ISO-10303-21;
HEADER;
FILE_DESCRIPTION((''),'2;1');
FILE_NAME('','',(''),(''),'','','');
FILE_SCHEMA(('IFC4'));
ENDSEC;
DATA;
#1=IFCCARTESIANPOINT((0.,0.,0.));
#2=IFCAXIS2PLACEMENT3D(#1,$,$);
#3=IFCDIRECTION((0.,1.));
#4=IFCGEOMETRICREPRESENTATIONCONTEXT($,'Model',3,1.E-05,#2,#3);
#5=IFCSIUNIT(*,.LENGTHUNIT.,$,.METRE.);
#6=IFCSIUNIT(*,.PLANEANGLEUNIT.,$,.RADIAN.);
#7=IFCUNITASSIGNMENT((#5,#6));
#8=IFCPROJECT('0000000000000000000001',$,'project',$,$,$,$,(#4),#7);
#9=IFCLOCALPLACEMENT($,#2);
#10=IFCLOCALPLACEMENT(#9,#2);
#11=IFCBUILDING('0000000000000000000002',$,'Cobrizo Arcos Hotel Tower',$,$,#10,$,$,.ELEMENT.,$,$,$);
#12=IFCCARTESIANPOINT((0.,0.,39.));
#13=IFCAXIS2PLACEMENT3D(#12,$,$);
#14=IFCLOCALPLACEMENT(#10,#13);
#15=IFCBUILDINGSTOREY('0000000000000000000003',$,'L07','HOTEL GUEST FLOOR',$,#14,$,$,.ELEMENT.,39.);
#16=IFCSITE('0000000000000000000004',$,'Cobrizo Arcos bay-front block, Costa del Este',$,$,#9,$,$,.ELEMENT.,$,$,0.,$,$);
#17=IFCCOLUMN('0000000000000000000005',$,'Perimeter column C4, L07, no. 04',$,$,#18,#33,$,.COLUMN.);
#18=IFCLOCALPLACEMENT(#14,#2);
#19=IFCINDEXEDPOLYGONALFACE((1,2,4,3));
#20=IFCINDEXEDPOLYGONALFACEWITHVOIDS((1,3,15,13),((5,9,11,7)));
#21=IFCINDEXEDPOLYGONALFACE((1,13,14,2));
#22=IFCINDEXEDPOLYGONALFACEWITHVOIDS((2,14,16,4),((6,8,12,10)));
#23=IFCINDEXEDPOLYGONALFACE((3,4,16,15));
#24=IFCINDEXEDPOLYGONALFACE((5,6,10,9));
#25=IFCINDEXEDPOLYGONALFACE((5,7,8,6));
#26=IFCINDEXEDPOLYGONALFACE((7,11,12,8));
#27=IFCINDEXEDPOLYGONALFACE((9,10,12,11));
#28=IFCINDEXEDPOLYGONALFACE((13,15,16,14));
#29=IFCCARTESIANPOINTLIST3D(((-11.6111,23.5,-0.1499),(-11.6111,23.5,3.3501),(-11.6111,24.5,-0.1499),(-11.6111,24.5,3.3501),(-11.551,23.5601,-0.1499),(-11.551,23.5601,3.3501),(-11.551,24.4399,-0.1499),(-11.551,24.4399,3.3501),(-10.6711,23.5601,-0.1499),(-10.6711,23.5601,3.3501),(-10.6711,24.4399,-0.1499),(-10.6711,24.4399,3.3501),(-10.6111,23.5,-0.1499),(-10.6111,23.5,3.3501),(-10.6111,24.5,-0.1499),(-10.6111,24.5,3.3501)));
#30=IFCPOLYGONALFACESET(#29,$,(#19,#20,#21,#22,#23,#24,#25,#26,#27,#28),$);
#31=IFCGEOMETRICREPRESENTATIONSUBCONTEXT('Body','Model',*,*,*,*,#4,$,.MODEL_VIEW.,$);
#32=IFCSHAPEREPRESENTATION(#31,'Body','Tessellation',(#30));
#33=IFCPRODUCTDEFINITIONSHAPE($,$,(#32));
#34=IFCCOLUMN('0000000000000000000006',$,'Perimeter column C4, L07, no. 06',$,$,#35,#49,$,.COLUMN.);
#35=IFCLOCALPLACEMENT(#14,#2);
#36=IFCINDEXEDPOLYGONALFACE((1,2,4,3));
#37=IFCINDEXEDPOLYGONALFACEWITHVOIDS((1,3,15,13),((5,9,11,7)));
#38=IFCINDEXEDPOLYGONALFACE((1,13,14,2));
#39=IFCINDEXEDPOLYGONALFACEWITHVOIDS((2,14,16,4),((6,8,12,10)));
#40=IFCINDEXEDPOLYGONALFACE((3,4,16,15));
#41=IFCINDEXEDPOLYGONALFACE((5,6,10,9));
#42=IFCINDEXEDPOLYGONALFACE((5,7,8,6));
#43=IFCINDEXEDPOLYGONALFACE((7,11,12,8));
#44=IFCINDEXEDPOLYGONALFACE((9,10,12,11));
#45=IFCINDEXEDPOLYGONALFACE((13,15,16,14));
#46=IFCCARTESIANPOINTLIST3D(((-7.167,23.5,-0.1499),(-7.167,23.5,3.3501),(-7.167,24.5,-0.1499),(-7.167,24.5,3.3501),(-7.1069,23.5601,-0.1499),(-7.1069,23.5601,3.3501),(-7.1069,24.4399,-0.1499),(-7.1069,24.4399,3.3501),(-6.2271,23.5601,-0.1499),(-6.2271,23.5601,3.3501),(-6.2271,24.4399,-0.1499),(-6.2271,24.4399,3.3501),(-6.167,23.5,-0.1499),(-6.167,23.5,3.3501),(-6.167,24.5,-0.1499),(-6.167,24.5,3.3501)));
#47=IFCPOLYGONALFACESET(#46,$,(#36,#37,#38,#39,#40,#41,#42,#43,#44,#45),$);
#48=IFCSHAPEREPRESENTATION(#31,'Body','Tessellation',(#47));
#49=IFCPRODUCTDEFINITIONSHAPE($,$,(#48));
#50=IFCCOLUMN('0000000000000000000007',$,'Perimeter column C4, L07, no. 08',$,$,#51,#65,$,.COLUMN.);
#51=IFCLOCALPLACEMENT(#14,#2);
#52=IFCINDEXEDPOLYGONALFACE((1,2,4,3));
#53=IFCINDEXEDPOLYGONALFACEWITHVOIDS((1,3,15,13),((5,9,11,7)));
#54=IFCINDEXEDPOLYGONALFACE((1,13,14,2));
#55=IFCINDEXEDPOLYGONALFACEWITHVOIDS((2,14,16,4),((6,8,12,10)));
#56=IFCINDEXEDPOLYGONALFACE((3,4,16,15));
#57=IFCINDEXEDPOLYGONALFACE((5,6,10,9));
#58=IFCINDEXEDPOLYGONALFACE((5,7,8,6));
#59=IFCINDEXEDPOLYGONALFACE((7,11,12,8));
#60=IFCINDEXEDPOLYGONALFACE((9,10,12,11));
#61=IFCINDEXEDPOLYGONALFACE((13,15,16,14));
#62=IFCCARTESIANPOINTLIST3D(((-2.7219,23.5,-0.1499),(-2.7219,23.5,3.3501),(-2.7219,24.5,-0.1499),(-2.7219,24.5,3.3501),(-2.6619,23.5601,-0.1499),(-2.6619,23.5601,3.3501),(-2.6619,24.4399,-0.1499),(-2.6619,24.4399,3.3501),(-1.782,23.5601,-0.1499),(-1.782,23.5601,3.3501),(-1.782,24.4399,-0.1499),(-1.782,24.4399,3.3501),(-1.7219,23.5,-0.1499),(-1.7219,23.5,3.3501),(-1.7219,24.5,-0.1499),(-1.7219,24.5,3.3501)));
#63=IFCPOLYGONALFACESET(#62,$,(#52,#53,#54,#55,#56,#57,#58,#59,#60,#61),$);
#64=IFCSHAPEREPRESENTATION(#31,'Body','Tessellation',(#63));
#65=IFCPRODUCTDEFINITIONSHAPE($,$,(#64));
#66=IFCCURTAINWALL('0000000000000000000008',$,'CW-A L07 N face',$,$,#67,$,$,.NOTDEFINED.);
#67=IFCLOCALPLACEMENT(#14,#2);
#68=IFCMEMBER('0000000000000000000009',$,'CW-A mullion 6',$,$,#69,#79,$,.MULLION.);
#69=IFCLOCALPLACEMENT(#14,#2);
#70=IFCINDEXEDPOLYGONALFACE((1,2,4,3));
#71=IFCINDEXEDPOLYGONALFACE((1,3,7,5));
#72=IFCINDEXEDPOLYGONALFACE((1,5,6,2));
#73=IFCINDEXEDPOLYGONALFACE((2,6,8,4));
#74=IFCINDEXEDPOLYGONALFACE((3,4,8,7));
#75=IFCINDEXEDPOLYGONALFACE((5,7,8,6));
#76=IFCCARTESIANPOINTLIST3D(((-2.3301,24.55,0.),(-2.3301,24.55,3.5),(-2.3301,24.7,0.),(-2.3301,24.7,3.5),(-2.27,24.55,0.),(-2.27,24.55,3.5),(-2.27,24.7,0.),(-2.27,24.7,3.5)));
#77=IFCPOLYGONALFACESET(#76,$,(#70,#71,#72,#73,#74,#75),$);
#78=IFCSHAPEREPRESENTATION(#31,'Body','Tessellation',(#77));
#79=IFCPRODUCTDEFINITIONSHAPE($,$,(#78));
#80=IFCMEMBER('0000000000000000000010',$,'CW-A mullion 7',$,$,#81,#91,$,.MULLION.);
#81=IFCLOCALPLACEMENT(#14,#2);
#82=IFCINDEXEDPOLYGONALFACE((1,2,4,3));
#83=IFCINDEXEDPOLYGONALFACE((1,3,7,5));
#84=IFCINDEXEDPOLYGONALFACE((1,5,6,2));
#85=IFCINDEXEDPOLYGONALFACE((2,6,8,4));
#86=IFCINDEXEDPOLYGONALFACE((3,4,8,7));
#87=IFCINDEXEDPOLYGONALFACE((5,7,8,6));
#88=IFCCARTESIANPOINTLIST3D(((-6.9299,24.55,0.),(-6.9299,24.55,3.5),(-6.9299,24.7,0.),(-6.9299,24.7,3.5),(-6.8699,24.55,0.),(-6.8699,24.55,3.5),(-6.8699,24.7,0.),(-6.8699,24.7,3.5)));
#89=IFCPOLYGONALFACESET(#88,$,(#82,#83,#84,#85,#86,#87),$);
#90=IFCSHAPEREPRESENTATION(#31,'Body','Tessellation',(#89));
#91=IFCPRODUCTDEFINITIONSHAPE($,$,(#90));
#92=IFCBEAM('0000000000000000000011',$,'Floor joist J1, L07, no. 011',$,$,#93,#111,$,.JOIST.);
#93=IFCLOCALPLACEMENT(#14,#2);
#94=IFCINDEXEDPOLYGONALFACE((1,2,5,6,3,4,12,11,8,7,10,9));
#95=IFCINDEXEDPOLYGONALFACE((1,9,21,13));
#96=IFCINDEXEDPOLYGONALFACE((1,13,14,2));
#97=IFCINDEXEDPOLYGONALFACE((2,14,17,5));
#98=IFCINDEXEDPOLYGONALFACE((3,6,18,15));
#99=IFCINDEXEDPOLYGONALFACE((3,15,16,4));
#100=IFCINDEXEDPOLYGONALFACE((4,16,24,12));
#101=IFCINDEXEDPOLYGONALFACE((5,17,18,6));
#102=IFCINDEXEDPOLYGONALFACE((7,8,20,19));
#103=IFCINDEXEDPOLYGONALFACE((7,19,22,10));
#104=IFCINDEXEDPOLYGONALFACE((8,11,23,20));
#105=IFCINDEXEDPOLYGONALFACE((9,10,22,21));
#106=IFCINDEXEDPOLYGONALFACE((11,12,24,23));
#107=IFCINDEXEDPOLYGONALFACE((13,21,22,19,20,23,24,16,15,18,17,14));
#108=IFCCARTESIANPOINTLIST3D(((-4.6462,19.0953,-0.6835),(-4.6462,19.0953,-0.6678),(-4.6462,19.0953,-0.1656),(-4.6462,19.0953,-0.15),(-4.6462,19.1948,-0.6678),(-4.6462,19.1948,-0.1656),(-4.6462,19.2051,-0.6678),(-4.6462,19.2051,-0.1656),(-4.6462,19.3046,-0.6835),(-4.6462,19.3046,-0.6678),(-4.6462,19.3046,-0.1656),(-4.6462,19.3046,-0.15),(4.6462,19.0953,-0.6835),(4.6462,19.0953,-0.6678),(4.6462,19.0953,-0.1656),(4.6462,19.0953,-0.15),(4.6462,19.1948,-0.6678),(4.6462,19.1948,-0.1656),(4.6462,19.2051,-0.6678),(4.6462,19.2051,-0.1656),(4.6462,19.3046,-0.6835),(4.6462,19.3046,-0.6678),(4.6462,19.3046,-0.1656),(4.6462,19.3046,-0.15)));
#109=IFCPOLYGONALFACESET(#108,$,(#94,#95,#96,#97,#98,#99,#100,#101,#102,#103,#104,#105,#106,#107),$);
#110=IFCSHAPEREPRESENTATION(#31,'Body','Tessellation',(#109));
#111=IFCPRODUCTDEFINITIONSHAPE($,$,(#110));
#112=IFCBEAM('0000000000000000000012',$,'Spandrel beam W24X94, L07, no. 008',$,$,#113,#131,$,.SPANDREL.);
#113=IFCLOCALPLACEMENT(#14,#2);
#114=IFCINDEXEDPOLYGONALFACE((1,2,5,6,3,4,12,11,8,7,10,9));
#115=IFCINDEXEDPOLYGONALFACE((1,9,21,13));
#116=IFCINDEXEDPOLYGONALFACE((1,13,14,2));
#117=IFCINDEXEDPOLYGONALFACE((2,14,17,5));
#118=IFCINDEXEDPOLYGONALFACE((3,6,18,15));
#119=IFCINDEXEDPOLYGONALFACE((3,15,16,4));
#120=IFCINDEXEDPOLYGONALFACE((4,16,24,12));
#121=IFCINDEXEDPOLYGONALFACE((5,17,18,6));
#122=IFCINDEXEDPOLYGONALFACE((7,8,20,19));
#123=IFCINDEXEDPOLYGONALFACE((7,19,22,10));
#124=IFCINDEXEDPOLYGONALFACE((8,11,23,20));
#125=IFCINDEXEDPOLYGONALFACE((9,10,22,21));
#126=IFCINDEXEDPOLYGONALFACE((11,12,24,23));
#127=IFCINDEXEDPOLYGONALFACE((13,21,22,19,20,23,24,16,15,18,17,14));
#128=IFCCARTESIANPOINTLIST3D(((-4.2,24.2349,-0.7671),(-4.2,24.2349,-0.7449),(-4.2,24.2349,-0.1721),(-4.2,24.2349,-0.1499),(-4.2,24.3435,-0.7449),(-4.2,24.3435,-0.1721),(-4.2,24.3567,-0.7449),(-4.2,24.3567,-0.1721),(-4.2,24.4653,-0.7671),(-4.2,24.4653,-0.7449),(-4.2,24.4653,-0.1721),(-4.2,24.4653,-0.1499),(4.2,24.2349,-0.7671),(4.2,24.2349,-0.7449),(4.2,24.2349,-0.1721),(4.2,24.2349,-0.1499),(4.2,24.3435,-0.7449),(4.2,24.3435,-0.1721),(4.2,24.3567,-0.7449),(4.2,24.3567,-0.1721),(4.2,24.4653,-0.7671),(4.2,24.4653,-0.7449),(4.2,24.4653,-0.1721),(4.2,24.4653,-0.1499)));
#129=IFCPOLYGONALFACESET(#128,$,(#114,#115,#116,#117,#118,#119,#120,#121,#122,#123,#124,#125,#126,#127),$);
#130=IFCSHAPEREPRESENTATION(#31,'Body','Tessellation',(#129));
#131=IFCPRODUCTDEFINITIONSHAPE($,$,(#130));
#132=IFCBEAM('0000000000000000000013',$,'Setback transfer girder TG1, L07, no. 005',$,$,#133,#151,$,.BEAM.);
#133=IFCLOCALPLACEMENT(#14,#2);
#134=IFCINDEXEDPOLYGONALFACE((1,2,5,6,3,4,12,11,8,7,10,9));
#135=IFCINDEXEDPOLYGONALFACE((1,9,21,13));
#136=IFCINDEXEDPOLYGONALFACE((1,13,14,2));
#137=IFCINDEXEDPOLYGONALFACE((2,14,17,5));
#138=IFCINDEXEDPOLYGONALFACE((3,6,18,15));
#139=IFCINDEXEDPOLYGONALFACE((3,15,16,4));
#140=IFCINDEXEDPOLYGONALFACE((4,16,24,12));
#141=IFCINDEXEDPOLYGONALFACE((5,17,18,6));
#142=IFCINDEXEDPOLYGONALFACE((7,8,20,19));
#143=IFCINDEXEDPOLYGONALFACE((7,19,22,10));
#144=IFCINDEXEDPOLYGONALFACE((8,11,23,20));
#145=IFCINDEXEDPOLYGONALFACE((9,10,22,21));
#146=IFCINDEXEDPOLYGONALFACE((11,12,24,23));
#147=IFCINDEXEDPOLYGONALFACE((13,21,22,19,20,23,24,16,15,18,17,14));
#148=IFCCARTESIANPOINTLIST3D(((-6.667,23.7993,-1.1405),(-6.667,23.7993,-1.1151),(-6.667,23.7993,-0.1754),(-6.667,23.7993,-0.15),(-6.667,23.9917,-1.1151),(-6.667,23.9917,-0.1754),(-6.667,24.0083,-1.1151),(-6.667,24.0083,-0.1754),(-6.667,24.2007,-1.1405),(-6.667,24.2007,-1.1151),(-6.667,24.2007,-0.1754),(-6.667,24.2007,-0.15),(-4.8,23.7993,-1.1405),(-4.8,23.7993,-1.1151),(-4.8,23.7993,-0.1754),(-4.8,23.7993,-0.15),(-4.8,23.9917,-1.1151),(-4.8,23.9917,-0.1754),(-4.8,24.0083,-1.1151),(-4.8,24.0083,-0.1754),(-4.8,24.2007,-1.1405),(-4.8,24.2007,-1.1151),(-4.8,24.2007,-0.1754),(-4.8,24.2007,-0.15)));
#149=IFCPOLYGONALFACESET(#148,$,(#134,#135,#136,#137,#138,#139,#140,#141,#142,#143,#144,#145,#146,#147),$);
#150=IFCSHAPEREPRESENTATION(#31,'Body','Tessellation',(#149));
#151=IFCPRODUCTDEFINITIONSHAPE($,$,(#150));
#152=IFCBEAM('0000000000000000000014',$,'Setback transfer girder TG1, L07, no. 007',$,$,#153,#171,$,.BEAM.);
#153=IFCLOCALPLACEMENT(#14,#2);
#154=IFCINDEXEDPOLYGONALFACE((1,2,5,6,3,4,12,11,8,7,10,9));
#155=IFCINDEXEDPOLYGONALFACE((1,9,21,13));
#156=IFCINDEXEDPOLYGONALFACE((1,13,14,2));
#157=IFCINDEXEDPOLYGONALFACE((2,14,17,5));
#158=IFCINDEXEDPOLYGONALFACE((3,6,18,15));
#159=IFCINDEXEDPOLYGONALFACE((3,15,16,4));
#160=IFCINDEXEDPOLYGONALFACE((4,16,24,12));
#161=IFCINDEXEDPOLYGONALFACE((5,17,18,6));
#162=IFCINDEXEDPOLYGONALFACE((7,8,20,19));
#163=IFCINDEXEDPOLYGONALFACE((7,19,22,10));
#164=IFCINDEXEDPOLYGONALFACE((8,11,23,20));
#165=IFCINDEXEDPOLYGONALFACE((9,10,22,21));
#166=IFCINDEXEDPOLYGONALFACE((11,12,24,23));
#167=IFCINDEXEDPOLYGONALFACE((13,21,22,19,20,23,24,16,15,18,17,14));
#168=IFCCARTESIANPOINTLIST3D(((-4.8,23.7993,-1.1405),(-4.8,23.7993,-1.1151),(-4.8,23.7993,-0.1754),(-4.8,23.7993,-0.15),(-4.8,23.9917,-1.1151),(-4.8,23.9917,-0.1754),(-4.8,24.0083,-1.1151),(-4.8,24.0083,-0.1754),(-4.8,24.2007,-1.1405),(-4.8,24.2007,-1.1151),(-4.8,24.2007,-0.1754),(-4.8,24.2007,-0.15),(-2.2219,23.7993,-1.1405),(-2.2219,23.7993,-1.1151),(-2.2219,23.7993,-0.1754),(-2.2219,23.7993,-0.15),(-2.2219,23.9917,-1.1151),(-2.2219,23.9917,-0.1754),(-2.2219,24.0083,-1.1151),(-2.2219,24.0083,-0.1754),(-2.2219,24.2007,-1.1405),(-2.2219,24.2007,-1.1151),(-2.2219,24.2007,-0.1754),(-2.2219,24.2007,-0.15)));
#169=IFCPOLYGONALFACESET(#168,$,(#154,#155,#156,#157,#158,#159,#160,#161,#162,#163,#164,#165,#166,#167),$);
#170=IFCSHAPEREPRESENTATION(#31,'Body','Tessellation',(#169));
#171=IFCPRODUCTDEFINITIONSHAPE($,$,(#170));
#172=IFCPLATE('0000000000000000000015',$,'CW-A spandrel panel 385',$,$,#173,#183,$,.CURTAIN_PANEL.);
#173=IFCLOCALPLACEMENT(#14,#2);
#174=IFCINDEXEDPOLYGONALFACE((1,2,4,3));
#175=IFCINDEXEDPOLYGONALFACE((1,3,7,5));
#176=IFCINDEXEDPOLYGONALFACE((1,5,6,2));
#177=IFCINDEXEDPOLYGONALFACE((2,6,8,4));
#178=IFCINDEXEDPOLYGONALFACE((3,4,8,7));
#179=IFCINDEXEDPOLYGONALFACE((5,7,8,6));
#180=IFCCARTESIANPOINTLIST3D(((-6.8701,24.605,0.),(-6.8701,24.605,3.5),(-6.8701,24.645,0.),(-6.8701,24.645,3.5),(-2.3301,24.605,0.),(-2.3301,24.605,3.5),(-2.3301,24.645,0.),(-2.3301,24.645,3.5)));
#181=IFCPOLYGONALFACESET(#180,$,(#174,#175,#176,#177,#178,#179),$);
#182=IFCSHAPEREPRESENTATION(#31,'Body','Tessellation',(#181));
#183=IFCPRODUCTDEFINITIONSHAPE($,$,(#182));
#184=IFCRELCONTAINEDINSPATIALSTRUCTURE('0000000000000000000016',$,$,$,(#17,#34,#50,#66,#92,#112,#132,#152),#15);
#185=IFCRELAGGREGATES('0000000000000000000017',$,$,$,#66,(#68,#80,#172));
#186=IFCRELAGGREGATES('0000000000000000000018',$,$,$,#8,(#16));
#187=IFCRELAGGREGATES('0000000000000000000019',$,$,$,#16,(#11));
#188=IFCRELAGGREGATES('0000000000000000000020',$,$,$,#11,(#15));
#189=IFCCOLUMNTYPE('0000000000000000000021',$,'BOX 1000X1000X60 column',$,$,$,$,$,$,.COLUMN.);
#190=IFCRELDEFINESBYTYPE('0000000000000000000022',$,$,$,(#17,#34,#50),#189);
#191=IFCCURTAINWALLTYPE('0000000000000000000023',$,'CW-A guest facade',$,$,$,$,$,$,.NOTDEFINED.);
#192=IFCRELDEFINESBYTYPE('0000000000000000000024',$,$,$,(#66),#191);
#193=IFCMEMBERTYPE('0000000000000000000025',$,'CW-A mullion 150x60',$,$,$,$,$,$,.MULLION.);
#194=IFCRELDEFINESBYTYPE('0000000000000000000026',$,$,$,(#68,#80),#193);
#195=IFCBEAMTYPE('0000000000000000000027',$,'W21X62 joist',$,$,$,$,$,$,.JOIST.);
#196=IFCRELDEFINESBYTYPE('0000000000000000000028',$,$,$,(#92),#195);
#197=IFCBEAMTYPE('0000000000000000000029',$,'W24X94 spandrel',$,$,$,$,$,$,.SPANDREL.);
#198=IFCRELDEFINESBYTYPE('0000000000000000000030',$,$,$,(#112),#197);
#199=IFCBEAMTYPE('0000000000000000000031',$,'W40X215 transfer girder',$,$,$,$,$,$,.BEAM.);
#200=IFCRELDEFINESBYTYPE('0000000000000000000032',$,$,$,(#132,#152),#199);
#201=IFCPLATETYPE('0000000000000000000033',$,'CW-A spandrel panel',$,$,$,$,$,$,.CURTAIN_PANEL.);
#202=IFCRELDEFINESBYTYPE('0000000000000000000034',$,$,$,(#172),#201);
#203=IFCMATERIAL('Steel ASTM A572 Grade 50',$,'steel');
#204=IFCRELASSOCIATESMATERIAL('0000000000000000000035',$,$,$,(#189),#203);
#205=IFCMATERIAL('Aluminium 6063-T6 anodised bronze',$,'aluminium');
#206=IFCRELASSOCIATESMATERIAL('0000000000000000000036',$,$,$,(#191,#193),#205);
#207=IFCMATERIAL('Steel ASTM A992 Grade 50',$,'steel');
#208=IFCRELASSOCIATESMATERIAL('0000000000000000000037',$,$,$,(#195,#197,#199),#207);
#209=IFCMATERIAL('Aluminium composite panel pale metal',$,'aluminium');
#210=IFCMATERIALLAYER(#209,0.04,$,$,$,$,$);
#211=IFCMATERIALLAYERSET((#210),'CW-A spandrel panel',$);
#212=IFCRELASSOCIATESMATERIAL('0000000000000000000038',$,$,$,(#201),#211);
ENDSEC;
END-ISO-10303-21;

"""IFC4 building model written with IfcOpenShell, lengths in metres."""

from ifc_helpers import new_model, si_unit, direction, frame, origin, origin_2d, place, context, subcontext, project, spatial, rectangle, hollow_rectangle, i_section, extrude, material, layer, layer_set, material_profile, profile_set, type_object, element, aggregate, save


model = new_model("IFC4")

# Units and contexts
model_context = context("Model", 3, precision=1e-05, world=origin(), true_north=direction((0.0, 1.0)))
body_context = subcontext(model_context, "Body", "Model", "MODEL_VIEW")
ifc_project = project(units=[si_unit("LENGTHUNIT", "METRE"), si_unit("PLANEANGLEUNIT", "RADIAN")], contexts=[model_context])

# Site, building, storey
site_placement = place(None, origin())
site = spatial("IfcSite", under=ifc_project, at=site_placement, Name="Cobrizo Arcos bay-front block, Costa del Este", CompositionType="ELEMENT", RefElevation=0.0)
building_placement = place(site_placement, origin())
building = spatial("IfcBuilding", under=site, at=building_placement, Name="Cobrizo Arcos Hotel Tower", CompositionType="ELEMENT")
storey_placement = place(building_placement, frame((0.0, 0.0, 39.0)))
storey = spatial("IfcBuildingStorey", under=building, at=storey_placement, Name="L07", Description="HOTEL GUEST FLOOR", CompositionType="ELEMENT", Elevation=39.0)

# Columns
ifc_material_1 = material(Name="Steel ASTM A572 Grade 50", Category="steel")
ifc_material_profile_1 = material_profile(ifc_material_1, hollow_rectangle(XDim=1.0, YDim=1.0, WallThickness=0.0601, at=origin_2d()), Name="BOX 1000X1000X60")
ifc_profile_set_1 = profile_set([ifc_material_profile_1], Name="Steel ASTM A572 Grade 50")
column_type = type_object("IfcColumnType", Name="BOX 1000X1000X60 column", PredefinedType="COLUMN", material=ifc_profile_set_1)
for number, where, z_axis, x_axis, name in (
    (1, (-11.1111, 24.0, -0.1499), (0.0, 0.0, 1.0), (1.0, 0.0, 0.0), "Perimeter column C4, L07, no. 04"),
    (2, (-6.667, 24.0, -0.1499), (0.0, 0.0, 1.0), (1.0, 0.0, 0.0), "Perimeter column C4, L07, no. 06"),
    (3, (-2.2219, 24.0, -0.1499), (0.0, 0.0, 1.0), (1.0, 0.0, 0.0), "Perimeter column C4, L07, no. 08"),
):
    element("IfcColumn", number, at=place(storey_placement, frame(where, z_axis=z_axis, x_axis=x_axis)), inside=storey, type_object=column_type, Name=name, PredefinedType="COLUMN", context=body_context, shape_type="SweptSolid", body=[
        extrude(hollow_rectangle(XDim=1.0, YDim=1.0, WallThickness=0.0601, at=origin_2d()), origin(), (0.0, 0.0, 1.0), 3.5),
    ])

# Curtain wall, members
ifc_material_2 = material(Name="Aluminium 6063-T6 anodised bronze", Category="aluminium")
curtain_wall_type = type_object("IfcCurtainWallType", Name="CW-A guest facade", PredefinedType="NOTDEFINED", material=ifc_material_2)
curtain_wall_placement = place(storey_placement, origin())
curtain_wall = element("IfcCurtainWall", 4, at=curtain_wall_placement, inside=storey, type_object=curtain_wall_type, Name="CW-A L07 N face", PredefinedType="NOTDEFINED")
ifc_material_profile_2 = material_profile(ifc_material_2, rectangle(XDim=0.1499, YDim=0.0601, at=origin_2d()), Name="CW-A mullion 150x60")
ifc_profile_set_2 = profile_set([ifc_material_profile_2], Name="Aluminium 6063-T6 anodised bronze")
member_type = type_object("IfcMemberType", Name="CW-A mullion 150x60", PredefinedType="MULLION", material=ifc_profile_set_2)
member_1_placement = place(storey_placement, frame((-2.3, 24.625, 0.0), z_axis=(0.0, 0.0, 1.0), x_axis=(0.0, 1.0, 0.0)))
member_1 = element("IfcMember", 5, at=member_1_placement, type_object=member_type, Name="CW-A mullion 6", PredefinedType="MULLION", context=body_context, shape_type="SweptSolid", body=[
    extrude(rectangle(XDim=0.1499, YDim=0.0601, at=origin_2d()), origin(), (0.0, 0.0, 1.0), 3.5),
])
member_2_placement = place(storey_placement, frame((-6.8999, 24.625, 0.0), z_axis=(0.0, 0.0, 1.0), x_axis=(0.0, 1.0, 0.0)))
member_2 = element("IfcMember", 6, at=member_2_placement, type_object=member_type, Name="CW-A mullion 7", PredefinedType="MULLION", context=body_context, shape_type="SweptSolid", body=[
    extrude(rectangle(XDim=0.1499, YDim=0.0601, at=origin_2d()), origin(), (0.0, 0.0, 1.0), 3.5),
])

# Beams
ifc_material_3 = material(Name="Steel ASTM A992 Grade 50", Category="steel")
ifc_material_profile_3 = material_profile(ifc_material_3, i_section(OverallWidth=0.2092, OverallDepth=0.5334, WebThickness=0.0103, FlangeThickness=0.0156, at=origin_2d()), Name="W21X62")
ifc_profile_set_3 = profile_set([ifc_material_profile_3], Name="Steel ASTM A992 Grade 50")
beam_type_1 = type_object("IfcBeamType", Name="W21X62 joist", PredefinedType="JOIST", material=ifc_profile_set_3)
beam_1_placement = place(storey_placement, frame((-4.6462, 19.2, -0.4167), z_axis=(1.0, 0.0, 0.0), x_axis=(0.0, 1.0, 0.0)))
element("IfcBeam", 7, at=beam_1_placement, inside=storey, type_object=beam_type_1, Name="Floor joist J1, L07, no. 011", PredefinedType="JOIST", context=body_context, shape_type="SweptSolid", body=[
    extrude(i_section(OverallWidth=0.2092, OverallDepth=0.5334, WebThickness=0.0103, FlangeThickness=0.0156, at=origin_2d()), origin(), (0.0, 0.0, 1.0), 9.2925),
])
ifc_material_profile_4 = material_profile(ifc_material_3, i_section(OverallWidth=0.2305, OverallDepth=0.6172, WebThickness=0.0132, FlangeThickness=0.0222, at=origin_2d()), Name="W24X94")
ifc_profile_set_4 = profile_set([ifc_material_profile_4], Name="Steel ASTM A992 Grade 50")
beam_type_2 = type_object("IfcBeamType", Name="W24X94 spandrel", PredefinedType="SPANDREL", material=ifc_profile_set_4)
beam_2_placement = place(storey_placement, frame((-4.2, 24.3501, -0.4585), z_axis=(1.0, 0.0, 0.0), x_axis=(0.0, 1.0, 0.0)))
element("IfcBeam", 8, at=beam_2_placement, inside=storey, type_object=beam_type_2, Name="Spandrel beam W24X94, L07, no. 008", PredefinedType="SPANDREL", context=body_context, shape_type="SweptSolid", body=[
    extrude(i_section(OverallWidth=0.2305, OverallDepth=0.6172, WebThickness=0.0132, FlangeThickness=0.0222, at=origin_2d()), origin(), (0.0, 0.0, 1.0), 8.3999),
])
ifc_material_profile_5 = material_profile(ifc_material_3, i_section(OverallWidth=0.4014, OverallDepth=0.9905, WebThickness=0.0166, FlangeThickness=0.0254, at=origin_2d()), Name="W40X215")
ifc_profile_set_5 = profile_set([ifc_material_profile_5], Name="Steel ASTM A992 Grade 50")
beam_type_3 = type_object("IfcBeamType", Name="W40X215 transfer girder", PredefinedType="BEAM", material=ifc_profile_set_5)
beam_3_placement = place(storey_placement, frame((-4.8, 24.0, -0.6453), z_axis=(-1.0, 0.0, 0.0), x_axis=(0.0, -1.0, 0.0)))
element("IfcBeam", 9, at=beam_3_placement, inside=storey, type_object=beam_type_3, Name="Setback transfer girder TG1, L07, no. 005", PredefinedType="BEAM", context=body_context, shape_type="SweptSolid", body=[
    extrude(i_section(OverallWidth=0.4014, OverallDepth=0.9905, WebThickness=0.0166, FlangeThickness=0.0254, at=origin_2d()), origin(), (0.0, 0.0, 1.0), 1.8669),
])
beam_4_placement = place(storey_placement, frame((-4.8, 24.0, -0.6453), z_axis=(1.0, 0.0, 0.0), x_axis=(0.0, 1.0, 0.0)))
element("IfcBeam", 10, at=beam_4_placement, inside=storey, type_object=beam_type_3, Name="Setback transfer girder TG1, L07, no. 007", PredefinedType="BEAM", context=body_context, shape_type="SweptSolid", body=[
    extrude(i_section(OverallWidth=0.4014, OverallDepth=0.9905, WebThickness=0.0166, FlangeThickness=0.0254, at=origin_2d()), origin(), (0.0, 0.0, 1.0), 2.5781),
])

# Plate
ifc_material_4 = material(Name="Aluminium composite panel pale metal", Category="aluminium")
ifc_layer_1 = layer(ifc_material_4, 0.04)
ifc_layer_set_1 = layer_set([ifc_layer_1], Name="CW-A spandrel panel")
plate_type = type_object("IfcPlateType", Name="CW-A spandrel panel", PredefinedType="CURTAIN_PANEL", material=ifc_layer_set_1)
plate_1_placement = place(storey_placement, frame((-4.6001, 24.625, 0.0), z_axis=(0.0, 0.0, 1.0), x_axis=(-1.0, 0.0, 0.0)))
plate_1 = element("IfcPlate", 11, at=plate_1_placement, type_object=plate_type, Name="CW-A spandrel panel 385", PredefinedType="CURTAIN_PANEL", context=body_context, shape_type="SweptSolid", body=[
    extrude(rectangle(XDim=4.54, YDim=0.04, at=origin_2d()), origin(), (0.0, 0.0, 1.0), 3.5),
])
aggregate(curtain_wall, [member_1, member_2, plate_1])

save(model, "model.ifc")
